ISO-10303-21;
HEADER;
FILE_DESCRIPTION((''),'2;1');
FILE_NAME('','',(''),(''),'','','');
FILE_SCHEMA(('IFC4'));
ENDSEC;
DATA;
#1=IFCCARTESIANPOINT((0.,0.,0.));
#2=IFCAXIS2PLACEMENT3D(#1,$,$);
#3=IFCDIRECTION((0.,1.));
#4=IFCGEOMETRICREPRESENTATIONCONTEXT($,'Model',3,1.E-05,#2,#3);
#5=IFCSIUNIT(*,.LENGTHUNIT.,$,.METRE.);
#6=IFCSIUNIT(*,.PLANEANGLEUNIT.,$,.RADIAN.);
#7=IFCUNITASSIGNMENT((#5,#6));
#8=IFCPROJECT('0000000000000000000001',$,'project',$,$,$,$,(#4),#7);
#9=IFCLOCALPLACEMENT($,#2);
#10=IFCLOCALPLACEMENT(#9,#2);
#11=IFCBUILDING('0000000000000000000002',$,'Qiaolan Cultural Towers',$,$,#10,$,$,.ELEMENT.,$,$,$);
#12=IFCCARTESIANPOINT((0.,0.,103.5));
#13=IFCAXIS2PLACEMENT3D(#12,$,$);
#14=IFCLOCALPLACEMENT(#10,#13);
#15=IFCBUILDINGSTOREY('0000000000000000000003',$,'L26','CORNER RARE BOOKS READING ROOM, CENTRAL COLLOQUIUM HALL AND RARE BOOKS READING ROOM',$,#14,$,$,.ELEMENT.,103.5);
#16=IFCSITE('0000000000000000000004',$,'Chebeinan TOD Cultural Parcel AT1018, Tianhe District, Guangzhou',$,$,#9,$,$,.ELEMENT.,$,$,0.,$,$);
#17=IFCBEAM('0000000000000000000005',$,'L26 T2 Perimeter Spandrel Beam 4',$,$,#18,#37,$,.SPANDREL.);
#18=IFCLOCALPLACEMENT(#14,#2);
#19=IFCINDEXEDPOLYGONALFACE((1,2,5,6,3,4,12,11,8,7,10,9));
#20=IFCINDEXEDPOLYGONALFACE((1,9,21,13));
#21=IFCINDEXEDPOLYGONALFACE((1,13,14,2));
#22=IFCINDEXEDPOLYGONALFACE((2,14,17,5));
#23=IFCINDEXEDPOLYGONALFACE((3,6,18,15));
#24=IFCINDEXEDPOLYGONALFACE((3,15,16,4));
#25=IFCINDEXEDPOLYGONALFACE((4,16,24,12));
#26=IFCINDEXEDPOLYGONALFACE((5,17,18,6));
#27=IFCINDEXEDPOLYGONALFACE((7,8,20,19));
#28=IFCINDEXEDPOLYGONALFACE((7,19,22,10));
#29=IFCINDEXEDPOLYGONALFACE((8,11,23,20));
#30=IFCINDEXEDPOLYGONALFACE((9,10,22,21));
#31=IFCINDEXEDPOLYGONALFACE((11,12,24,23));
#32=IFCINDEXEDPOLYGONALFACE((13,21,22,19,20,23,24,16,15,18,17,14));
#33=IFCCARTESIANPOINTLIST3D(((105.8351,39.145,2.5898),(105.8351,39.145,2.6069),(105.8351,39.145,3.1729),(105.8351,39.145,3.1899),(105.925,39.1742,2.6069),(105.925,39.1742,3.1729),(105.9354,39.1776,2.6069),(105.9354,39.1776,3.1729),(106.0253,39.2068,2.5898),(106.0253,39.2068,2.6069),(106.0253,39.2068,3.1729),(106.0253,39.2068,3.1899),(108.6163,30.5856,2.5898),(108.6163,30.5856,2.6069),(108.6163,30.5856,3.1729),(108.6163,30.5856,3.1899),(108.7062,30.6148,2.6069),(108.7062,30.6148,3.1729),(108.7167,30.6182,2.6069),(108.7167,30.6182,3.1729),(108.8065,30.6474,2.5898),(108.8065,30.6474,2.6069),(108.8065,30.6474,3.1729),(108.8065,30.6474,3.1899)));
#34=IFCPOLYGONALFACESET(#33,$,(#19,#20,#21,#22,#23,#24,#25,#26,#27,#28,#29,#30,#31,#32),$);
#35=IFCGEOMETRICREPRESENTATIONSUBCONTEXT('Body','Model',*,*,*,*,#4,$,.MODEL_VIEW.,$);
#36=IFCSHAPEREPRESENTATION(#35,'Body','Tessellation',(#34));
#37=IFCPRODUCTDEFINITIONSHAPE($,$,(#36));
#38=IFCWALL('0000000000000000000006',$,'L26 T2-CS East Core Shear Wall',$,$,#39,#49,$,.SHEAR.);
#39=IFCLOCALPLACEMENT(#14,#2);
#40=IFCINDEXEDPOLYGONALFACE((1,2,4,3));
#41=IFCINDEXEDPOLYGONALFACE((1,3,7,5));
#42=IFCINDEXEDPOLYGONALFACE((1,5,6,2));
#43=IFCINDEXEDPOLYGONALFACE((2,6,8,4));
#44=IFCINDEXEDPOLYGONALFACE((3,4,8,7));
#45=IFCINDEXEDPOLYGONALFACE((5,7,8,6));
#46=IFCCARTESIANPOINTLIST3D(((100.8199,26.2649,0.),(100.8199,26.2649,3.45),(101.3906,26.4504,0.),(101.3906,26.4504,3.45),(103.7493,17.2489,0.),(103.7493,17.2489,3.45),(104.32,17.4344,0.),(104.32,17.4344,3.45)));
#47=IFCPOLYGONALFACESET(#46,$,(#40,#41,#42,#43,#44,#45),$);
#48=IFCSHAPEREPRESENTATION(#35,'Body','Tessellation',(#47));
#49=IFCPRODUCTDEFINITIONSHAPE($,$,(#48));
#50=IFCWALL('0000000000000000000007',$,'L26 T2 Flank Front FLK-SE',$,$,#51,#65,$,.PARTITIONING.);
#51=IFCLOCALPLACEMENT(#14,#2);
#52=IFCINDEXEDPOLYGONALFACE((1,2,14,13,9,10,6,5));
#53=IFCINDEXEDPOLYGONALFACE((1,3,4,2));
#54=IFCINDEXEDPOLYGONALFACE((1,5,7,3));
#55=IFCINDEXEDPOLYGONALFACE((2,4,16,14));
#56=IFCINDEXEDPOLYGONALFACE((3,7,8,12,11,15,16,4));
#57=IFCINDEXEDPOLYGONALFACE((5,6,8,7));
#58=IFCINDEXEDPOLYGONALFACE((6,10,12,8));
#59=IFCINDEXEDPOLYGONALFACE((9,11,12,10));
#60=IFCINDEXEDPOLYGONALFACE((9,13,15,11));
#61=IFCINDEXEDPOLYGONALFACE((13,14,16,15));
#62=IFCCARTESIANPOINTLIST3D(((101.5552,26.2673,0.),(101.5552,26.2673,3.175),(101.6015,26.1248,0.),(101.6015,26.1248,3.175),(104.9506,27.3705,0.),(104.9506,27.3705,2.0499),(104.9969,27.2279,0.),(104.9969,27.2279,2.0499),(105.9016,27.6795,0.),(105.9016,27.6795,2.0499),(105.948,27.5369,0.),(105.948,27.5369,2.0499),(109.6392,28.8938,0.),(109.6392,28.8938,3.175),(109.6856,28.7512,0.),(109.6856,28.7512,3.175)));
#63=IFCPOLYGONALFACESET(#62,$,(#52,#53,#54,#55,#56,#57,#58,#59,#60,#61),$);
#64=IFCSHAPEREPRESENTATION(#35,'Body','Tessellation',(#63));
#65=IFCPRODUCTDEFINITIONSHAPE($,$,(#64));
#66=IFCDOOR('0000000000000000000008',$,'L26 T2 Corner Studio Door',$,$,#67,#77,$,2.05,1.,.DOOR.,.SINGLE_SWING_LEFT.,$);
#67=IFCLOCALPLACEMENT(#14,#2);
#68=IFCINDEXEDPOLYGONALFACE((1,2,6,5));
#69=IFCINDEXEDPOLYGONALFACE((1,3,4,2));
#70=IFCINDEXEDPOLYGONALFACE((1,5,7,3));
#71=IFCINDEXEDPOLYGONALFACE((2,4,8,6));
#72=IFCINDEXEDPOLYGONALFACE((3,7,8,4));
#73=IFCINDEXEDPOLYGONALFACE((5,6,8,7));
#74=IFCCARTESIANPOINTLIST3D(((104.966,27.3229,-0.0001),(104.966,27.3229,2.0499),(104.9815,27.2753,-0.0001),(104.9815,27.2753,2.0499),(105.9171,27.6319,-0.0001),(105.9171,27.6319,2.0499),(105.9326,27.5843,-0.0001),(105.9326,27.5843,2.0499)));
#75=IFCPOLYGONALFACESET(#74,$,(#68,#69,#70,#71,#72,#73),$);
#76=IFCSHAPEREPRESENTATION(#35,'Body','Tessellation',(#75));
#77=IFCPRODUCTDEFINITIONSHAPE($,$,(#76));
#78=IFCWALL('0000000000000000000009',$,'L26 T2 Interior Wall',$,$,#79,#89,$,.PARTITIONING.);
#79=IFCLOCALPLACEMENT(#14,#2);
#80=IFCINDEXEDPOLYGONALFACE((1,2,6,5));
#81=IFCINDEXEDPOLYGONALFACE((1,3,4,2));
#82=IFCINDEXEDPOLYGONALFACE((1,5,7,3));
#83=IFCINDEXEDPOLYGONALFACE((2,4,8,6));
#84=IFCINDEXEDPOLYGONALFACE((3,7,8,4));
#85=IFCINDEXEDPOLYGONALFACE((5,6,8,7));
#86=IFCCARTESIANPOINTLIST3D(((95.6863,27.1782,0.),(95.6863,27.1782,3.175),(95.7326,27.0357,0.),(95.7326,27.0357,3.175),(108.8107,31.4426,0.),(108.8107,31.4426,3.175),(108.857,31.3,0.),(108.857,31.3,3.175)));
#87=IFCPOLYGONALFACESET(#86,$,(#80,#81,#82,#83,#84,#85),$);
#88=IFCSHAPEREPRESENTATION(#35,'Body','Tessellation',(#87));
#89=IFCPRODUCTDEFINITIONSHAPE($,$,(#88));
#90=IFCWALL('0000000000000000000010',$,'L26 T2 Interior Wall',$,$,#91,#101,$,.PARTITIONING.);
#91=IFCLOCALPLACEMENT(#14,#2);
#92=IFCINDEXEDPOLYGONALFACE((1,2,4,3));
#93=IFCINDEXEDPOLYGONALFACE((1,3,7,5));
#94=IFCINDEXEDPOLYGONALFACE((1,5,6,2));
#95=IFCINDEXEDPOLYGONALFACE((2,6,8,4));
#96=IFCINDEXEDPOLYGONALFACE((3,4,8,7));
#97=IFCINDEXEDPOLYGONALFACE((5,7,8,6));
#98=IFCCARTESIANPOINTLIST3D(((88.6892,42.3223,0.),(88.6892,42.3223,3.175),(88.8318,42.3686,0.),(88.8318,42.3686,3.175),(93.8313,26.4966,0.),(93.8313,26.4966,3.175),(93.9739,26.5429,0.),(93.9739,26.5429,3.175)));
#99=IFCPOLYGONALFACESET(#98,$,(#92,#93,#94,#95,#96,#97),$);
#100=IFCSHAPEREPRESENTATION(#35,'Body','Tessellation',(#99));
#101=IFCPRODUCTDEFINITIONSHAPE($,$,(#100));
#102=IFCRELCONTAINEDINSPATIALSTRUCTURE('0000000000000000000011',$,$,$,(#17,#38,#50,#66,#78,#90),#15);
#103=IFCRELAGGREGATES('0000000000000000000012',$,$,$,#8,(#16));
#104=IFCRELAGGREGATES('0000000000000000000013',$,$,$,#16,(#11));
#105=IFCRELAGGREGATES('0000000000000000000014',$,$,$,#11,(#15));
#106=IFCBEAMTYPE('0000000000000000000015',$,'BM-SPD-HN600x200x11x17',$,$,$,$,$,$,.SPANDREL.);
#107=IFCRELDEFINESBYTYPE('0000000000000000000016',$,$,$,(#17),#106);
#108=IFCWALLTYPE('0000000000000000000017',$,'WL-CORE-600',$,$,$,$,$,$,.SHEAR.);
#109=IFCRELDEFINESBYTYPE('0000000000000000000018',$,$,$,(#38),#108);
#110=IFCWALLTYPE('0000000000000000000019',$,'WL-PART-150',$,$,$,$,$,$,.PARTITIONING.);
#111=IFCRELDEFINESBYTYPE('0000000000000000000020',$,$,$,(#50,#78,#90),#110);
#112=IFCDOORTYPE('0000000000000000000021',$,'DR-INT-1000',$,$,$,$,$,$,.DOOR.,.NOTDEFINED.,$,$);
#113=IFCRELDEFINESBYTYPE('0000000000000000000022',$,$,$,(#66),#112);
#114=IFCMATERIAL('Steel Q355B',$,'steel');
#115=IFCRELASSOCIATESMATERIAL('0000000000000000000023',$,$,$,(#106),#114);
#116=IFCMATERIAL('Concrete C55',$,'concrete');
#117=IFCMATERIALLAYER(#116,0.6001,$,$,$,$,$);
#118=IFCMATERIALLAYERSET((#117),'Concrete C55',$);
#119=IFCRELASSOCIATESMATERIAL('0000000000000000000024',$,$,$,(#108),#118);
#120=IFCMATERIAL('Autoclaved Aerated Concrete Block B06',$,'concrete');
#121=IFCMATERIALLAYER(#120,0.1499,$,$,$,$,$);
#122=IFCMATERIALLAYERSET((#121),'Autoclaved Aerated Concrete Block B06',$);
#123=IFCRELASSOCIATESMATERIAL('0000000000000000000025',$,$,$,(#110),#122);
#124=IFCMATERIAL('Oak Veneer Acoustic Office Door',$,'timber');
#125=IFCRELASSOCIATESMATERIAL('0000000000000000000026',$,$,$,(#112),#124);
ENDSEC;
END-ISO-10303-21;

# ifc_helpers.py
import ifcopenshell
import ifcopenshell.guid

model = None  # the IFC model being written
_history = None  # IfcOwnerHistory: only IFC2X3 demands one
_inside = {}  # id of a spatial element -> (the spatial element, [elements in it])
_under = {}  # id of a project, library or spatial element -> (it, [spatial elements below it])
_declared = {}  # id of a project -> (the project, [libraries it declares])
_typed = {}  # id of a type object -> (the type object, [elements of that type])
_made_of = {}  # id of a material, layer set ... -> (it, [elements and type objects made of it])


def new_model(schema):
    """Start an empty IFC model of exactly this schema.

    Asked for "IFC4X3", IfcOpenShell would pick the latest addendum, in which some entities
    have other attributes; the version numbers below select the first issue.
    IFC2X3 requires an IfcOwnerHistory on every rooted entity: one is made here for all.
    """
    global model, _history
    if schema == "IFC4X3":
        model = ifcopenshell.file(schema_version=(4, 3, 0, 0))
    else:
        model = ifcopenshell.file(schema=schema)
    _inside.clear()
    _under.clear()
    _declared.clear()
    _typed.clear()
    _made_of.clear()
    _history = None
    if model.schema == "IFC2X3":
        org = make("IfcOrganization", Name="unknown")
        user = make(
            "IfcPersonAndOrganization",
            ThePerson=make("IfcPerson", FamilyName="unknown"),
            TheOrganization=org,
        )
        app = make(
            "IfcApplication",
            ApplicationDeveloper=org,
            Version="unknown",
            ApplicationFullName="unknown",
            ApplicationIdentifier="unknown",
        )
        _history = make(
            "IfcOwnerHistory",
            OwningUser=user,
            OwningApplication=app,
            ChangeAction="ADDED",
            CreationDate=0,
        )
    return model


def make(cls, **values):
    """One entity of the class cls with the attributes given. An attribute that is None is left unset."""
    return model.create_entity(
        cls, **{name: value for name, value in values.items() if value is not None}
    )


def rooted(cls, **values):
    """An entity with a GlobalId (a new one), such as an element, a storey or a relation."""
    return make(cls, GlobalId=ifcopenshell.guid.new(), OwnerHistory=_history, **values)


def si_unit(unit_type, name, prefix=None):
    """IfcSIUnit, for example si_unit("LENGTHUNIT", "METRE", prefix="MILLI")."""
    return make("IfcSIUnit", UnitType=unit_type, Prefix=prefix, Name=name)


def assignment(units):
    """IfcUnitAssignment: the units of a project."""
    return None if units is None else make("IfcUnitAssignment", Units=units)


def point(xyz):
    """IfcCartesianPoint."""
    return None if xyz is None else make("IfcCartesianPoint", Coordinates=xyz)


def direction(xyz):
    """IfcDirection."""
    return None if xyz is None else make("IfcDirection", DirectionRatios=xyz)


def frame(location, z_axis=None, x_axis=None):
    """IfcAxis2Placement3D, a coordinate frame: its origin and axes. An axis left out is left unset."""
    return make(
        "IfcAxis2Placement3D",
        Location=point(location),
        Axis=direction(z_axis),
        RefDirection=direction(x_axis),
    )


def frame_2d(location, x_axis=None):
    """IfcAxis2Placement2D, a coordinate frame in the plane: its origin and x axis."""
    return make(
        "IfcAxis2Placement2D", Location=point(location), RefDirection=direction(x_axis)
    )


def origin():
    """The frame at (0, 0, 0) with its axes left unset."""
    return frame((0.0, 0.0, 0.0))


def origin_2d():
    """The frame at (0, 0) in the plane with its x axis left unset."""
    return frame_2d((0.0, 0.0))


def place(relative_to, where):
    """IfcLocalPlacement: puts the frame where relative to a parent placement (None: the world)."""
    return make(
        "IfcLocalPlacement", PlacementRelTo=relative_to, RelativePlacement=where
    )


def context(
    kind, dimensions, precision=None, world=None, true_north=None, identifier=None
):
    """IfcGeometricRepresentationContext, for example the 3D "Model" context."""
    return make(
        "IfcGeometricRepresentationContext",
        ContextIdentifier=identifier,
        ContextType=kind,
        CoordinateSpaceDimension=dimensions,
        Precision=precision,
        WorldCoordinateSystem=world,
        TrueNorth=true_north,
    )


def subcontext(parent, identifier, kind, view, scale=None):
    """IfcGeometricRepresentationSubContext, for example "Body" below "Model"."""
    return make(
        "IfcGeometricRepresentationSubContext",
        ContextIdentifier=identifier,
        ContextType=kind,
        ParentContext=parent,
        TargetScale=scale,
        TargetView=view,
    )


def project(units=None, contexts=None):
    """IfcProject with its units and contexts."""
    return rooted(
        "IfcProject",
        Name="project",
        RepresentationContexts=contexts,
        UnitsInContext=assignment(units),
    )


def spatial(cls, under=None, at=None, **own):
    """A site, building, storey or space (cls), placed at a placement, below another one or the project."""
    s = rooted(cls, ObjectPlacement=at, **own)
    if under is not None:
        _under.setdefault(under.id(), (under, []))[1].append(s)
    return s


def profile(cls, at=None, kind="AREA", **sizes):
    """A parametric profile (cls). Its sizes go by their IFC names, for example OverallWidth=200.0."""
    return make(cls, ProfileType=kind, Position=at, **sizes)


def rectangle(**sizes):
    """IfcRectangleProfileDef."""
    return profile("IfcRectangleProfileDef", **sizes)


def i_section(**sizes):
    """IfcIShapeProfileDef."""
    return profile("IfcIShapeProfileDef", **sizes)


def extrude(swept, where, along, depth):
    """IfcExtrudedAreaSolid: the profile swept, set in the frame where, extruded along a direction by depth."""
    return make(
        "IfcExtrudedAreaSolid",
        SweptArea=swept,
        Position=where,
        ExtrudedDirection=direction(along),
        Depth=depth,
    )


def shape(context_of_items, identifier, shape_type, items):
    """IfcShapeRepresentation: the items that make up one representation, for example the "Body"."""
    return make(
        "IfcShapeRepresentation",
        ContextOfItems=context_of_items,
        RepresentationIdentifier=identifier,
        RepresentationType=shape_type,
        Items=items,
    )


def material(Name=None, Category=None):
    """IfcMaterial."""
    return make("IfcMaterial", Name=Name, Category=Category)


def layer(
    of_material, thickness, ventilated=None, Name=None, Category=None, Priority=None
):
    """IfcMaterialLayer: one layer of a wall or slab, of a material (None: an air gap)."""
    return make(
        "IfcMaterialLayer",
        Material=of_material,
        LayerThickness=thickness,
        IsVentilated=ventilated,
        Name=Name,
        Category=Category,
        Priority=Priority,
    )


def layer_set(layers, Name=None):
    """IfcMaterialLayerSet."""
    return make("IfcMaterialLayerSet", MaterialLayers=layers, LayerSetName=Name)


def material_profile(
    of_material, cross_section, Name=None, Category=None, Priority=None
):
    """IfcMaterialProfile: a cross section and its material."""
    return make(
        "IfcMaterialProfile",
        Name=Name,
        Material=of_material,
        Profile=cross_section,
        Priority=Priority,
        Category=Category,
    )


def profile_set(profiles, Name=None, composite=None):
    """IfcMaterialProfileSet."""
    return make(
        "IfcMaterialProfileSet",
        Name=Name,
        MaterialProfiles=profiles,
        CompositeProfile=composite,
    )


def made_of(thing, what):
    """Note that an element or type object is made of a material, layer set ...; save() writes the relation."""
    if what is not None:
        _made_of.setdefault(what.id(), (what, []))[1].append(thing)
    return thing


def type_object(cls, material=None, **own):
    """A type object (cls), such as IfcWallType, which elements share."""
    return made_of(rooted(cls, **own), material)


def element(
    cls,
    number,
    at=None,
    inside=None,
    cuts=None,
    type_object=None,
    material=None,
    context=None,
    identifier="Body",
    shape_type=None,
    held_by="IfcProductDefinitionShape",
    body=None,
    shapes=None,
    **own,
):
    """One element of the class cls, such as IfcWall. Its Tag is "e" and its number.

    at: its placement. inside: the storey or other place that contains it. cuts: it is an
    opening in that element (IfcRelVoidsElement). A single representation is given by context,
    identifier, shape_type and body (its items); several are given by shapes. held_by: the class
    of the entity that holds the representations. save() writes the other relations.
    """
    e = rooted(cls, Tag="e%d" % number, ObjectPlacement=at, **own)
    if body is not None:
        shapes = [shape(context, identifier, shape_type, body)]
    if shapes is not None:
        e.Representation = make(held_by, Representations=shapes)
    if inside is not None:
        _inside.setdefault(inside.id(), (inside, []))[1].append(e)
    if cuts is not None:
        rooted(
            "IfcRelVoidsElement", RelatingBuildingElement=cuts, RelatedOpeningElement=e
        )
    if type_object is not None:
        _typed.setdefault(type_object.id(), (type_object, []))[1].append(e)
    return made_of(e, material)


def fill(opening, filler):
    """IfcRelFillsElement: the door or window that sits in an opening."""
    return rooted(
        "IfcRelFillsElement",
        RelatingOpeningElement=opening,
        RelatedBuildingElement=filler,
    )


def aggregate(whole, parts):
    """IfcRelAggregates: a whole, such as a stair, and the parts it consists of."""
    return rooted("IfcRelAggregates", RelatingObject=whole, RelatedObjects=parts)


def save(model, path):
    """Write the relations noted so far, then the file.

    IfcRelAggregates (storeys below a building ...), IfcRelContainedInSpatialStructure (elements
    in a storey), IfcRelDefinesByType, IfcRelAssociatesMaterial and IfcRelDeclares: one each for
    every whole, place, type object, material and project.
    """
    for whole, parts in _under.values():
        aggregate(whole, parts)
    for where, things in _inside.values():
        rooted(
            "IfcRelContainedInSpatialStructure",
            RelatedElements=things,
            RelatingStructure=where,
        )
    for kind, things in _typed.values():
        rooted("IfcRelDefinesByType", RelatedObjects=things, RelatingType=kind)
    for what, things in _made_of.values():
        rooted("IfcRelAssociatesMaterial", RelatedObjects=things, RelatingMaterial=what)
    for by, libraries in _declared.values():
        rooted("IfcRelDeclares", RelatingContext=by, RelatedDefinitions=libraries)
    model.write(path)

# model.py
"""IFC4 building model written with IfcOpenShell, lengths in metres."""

from ifc_helpers import new_model, si_unit, direction, frame, frame_2d, origin, origin_2d, place, context, subcontext, project, spatial, rectangle, i_section, extrude, material, layer, layer_set, material_profile, profile_set, type_object, element, fill, save


model = new_model("IFC4")

# Units and contexts
model_context = context("Model", 3, precision=1e-05, world=origin(), true_north=direction((0.0, 1.0)))
body_context = subcontext(model_context, "Body", "Model", "MODEL_VIEW")
ifc_project = project(units=[si_unit("LENGTHUNIT", "METRE"), si_unit("PLANEANGLEUNIT", "RADIAN")], contexts=[model_context])

# Site, building, storey
site_placement = place(None, origin())
site = spatial("IfcSite", under=ifc_project, at=site_placement, Name="Chebeinan TOD Cultural Parcel AT1018, Tianhe District, Guangzhou", CompositionType="ELEMENT", RefElevation=0.0)
building_placement = place(site_placement, origin())
building = spatial("IfcBuilding", under=site, at=building_placement, Name="Qiaolan Cultural Towers", CompositionType="ELEMENT")
storey_placement = place(building_placement, frame((0.0, 0.0, 103.5)))
storey = spatial("IfcBuildingStorey", under=building, at=storey_placement, Name="L26", Description="CORNER RARE BOOKS READING ROOM, CENTRAL COLLOQUIUM HALL AND RARE BOOKS READING ROOM", CompositionType="ELEMENT", Elevation=103.5)

# Beam
ifc_material_1 = material(Name="Steel Q355B", Category="steel")
ifc_material_profile_1 = material_profile(ifc_material_1, i_section(OverallWidth=0.2, OverallDepth=0.6001, WebThickness=0.011, FlangeThickness=0.0171, at=origin_2d()), Name="HN600x200x11x17")
ifc_profile_set_1 = profile_set([ifc_material_profile_1], Name="Steel Q355B")
beam_type_1 = type_object("IfcBeamType", Name="BM-SPD-HN600x200x11x17", PredefinedType="SPANDREL", material=ifc_profile_set_1)
beam_1_placement = place(storey_placement, frame((108.7114, 30.6165, 2.8899), z_axis=(-0.309025, 0.951054, 0.0), x_axis=(-0.951054, -0.309025, 0.0)))
element("IfcBeam", 1, at=beam_1_placement, inside=storey, type_object=beam_type_1, Name="L26 T2 Perimeter Spandrel Beam 4", PredefinedType="SPANDREL", context=body_context, shape_type="SweptSolid", body=[
    extrude(i_section(OverallWidth=0.2, OverallDepth=0.6001, WebThickness=0.011, FlangeThickness=0.0171, at=origin_2d()), origin(), (0.0, 0.0, 1.0), 9.0),
])

# Wall
ifc_material_2 = material(Name="Concrete C55", Category="concrete")
ifc_layer_1 = layer(ifc_material_2, 0.6001)
ifc_layer_set_1 = layer_set([ifc_layer_1], Name="Concrete C55")
wall_type_1 = type_object("IfcWallType", Name="WL-CORE-600", PredefinedType="SHEAR", material=ifc_layer_set_1)
wall_1_placement = place(storey_placement, frame((101.1052, 26.3577, 0.0), z_axis=(0.0, 0.0, 1.0), x_axis=(0.30901, -0.951059, 0.0)))
element("IfcWall", 2, at=wall_1_placement, inside=storey, type_object=wall_type_1, Name="L26 T2-CS East Core Shear Wall", PredefinedType="SHEAR", context=body_context, shape_type="SweptSolid", body=[
    extrude(rectangle(XDim=9.48, YDim=0.6001, at=frame_2d((4.74, 0.0))), origin(), (0.0, 0.0, 1.0), 3.45),
])

# Wall, opening, door
ifc_material_3 = material(Name="Autoclaved Aerated Concrete Block B06", Category="concrete")
ifc_layer_2 = layer(ifc_material_3, 0.1499)
ifc_layer_set_2 = layer_set([ifc_layer_2], Name="Autoclaved Aerated Concrete Block B06")
wall_type_2 = type_object("IfcWallType", Name="WL-PART-150", PredefinedType="PARTITIONING", material=ifc_layer_set_2)
wall_2_placement = place(storey_placement, frame((101.5784, 26.196, 0.0), z_axis=(0.0, 0.0, 1.0), x_axis=(0.951063, 0.308998, 0.0)))
wall_2 = element("IfcWall", 3, at=wall_2_placement, inside=storey, type_object=wall_type_2, Name="L26 T2 Flank Front FLK-SE", PredefinedType="PARTITIONING", context=body_context, shape_type="SweptSolid", body=[
    extrude(rectangle(XDim=8.5, YDim=0.1499, at=frame_2d((4.25, 0.0))), origin(), (0.0, 0.0, 1.0), 3.175),
])
opening_1_placement = place(wall_2_placement, frame((3.5701, 0.0, 0.0)))
opening_1 = element("IfcOpeningElement", 4, at=opening_1_placement, cuts=wall_2, PredefinedType="OPENING", context=body_context, shape_type="SweptSolid", body=[
    extrude(rectangle(XDim=1.0, YDim=2.05, at=frame_2d((0.5, 1.0249))), frame((0.0, 0.085, 0.0), z_axis=(0.0, -1.0, 0.0), x_axis=(1.0, 0.0, 0.0)), (0.0, 0.0, 1.0), 0.1699),
])
ifc_material_4 = material(Name="Oak Veneer Acoustic Office Door", Category="timber")
door_type_1 = type_object("IfcDoorType", Name="DR-INT-1000", OperationType="NOTDEFINED", PredefinedType="DOOR", material=ifc_material_4)
door_1_placement = place(opening_1_placement, origin())
door_1 = element("IfcDoor", 5, at=door_1_placement, inside=storey, type_object=door_type_1, Name="L26 T2 Corner Studio Door", OperationType="SINGLE_SWING_LEFT", OverallHeight=2.05, OverallWidth=1.0, PredefinedType="DOOR", context=body_context, shape_type="SweptSolid", body=[
    extrude(rectangle(XDim=1.0, YDim=2.05, at=frame_2d((0.5, 1.0249))), frame((0.0, 0.0249, 0.0), z_axis=(0.0, -1.0, 0.0), x_axis=(1.0, 0.0, 0.0)), (0.0, 0.0, 1.0), 0.05),
])
fill(opening_1, door_1)

# Walls
wall_3_placement = place(storey_placement, frame((95.7095, 27.1069, 0.0), z_axis=(0.0, 0.0, 1.0), x_axis=(0.951057, 0.309016, 0.0)))
element("IfcWall", 6, at=wall_3_placement, inside=storey, type_object=wall_type_2, Name="L26 T2 Interior Wall", PredefinedType="PARTITIONING", context=body_context, shape_type="SweptSolid", body=[
    extrude(rectangle(XDim=13.7998, YDim=0.1499, at=frame_2d((6.8999, 0.0))), origin(), (0.0, 0.0, 1.0), 3.175),
])
wall_4_placement = place(storey_placement, frame((93.9026, 26.5198, 0.0), z_axis=(0.0, 0.0, 1.0), x_axis=(-0.309018, 0.951056, 0.0)))
element("IfcWall", 7, at=wall_4_placement, inside=storey, type_object=wall_type_2, Name="L26 T2 Interior Wall", PredefinedType="PARTITIONING", context=body_context, shape_type="SweptSolid", body=[
    extrude(rectangle(XDim=16.6401, YDim=0.1499, at=frame_2d((8.3201, 0.0))), origin(), (0.0, 0.0, 1.0), 3.175),
])

save(model, "model.ifc")
